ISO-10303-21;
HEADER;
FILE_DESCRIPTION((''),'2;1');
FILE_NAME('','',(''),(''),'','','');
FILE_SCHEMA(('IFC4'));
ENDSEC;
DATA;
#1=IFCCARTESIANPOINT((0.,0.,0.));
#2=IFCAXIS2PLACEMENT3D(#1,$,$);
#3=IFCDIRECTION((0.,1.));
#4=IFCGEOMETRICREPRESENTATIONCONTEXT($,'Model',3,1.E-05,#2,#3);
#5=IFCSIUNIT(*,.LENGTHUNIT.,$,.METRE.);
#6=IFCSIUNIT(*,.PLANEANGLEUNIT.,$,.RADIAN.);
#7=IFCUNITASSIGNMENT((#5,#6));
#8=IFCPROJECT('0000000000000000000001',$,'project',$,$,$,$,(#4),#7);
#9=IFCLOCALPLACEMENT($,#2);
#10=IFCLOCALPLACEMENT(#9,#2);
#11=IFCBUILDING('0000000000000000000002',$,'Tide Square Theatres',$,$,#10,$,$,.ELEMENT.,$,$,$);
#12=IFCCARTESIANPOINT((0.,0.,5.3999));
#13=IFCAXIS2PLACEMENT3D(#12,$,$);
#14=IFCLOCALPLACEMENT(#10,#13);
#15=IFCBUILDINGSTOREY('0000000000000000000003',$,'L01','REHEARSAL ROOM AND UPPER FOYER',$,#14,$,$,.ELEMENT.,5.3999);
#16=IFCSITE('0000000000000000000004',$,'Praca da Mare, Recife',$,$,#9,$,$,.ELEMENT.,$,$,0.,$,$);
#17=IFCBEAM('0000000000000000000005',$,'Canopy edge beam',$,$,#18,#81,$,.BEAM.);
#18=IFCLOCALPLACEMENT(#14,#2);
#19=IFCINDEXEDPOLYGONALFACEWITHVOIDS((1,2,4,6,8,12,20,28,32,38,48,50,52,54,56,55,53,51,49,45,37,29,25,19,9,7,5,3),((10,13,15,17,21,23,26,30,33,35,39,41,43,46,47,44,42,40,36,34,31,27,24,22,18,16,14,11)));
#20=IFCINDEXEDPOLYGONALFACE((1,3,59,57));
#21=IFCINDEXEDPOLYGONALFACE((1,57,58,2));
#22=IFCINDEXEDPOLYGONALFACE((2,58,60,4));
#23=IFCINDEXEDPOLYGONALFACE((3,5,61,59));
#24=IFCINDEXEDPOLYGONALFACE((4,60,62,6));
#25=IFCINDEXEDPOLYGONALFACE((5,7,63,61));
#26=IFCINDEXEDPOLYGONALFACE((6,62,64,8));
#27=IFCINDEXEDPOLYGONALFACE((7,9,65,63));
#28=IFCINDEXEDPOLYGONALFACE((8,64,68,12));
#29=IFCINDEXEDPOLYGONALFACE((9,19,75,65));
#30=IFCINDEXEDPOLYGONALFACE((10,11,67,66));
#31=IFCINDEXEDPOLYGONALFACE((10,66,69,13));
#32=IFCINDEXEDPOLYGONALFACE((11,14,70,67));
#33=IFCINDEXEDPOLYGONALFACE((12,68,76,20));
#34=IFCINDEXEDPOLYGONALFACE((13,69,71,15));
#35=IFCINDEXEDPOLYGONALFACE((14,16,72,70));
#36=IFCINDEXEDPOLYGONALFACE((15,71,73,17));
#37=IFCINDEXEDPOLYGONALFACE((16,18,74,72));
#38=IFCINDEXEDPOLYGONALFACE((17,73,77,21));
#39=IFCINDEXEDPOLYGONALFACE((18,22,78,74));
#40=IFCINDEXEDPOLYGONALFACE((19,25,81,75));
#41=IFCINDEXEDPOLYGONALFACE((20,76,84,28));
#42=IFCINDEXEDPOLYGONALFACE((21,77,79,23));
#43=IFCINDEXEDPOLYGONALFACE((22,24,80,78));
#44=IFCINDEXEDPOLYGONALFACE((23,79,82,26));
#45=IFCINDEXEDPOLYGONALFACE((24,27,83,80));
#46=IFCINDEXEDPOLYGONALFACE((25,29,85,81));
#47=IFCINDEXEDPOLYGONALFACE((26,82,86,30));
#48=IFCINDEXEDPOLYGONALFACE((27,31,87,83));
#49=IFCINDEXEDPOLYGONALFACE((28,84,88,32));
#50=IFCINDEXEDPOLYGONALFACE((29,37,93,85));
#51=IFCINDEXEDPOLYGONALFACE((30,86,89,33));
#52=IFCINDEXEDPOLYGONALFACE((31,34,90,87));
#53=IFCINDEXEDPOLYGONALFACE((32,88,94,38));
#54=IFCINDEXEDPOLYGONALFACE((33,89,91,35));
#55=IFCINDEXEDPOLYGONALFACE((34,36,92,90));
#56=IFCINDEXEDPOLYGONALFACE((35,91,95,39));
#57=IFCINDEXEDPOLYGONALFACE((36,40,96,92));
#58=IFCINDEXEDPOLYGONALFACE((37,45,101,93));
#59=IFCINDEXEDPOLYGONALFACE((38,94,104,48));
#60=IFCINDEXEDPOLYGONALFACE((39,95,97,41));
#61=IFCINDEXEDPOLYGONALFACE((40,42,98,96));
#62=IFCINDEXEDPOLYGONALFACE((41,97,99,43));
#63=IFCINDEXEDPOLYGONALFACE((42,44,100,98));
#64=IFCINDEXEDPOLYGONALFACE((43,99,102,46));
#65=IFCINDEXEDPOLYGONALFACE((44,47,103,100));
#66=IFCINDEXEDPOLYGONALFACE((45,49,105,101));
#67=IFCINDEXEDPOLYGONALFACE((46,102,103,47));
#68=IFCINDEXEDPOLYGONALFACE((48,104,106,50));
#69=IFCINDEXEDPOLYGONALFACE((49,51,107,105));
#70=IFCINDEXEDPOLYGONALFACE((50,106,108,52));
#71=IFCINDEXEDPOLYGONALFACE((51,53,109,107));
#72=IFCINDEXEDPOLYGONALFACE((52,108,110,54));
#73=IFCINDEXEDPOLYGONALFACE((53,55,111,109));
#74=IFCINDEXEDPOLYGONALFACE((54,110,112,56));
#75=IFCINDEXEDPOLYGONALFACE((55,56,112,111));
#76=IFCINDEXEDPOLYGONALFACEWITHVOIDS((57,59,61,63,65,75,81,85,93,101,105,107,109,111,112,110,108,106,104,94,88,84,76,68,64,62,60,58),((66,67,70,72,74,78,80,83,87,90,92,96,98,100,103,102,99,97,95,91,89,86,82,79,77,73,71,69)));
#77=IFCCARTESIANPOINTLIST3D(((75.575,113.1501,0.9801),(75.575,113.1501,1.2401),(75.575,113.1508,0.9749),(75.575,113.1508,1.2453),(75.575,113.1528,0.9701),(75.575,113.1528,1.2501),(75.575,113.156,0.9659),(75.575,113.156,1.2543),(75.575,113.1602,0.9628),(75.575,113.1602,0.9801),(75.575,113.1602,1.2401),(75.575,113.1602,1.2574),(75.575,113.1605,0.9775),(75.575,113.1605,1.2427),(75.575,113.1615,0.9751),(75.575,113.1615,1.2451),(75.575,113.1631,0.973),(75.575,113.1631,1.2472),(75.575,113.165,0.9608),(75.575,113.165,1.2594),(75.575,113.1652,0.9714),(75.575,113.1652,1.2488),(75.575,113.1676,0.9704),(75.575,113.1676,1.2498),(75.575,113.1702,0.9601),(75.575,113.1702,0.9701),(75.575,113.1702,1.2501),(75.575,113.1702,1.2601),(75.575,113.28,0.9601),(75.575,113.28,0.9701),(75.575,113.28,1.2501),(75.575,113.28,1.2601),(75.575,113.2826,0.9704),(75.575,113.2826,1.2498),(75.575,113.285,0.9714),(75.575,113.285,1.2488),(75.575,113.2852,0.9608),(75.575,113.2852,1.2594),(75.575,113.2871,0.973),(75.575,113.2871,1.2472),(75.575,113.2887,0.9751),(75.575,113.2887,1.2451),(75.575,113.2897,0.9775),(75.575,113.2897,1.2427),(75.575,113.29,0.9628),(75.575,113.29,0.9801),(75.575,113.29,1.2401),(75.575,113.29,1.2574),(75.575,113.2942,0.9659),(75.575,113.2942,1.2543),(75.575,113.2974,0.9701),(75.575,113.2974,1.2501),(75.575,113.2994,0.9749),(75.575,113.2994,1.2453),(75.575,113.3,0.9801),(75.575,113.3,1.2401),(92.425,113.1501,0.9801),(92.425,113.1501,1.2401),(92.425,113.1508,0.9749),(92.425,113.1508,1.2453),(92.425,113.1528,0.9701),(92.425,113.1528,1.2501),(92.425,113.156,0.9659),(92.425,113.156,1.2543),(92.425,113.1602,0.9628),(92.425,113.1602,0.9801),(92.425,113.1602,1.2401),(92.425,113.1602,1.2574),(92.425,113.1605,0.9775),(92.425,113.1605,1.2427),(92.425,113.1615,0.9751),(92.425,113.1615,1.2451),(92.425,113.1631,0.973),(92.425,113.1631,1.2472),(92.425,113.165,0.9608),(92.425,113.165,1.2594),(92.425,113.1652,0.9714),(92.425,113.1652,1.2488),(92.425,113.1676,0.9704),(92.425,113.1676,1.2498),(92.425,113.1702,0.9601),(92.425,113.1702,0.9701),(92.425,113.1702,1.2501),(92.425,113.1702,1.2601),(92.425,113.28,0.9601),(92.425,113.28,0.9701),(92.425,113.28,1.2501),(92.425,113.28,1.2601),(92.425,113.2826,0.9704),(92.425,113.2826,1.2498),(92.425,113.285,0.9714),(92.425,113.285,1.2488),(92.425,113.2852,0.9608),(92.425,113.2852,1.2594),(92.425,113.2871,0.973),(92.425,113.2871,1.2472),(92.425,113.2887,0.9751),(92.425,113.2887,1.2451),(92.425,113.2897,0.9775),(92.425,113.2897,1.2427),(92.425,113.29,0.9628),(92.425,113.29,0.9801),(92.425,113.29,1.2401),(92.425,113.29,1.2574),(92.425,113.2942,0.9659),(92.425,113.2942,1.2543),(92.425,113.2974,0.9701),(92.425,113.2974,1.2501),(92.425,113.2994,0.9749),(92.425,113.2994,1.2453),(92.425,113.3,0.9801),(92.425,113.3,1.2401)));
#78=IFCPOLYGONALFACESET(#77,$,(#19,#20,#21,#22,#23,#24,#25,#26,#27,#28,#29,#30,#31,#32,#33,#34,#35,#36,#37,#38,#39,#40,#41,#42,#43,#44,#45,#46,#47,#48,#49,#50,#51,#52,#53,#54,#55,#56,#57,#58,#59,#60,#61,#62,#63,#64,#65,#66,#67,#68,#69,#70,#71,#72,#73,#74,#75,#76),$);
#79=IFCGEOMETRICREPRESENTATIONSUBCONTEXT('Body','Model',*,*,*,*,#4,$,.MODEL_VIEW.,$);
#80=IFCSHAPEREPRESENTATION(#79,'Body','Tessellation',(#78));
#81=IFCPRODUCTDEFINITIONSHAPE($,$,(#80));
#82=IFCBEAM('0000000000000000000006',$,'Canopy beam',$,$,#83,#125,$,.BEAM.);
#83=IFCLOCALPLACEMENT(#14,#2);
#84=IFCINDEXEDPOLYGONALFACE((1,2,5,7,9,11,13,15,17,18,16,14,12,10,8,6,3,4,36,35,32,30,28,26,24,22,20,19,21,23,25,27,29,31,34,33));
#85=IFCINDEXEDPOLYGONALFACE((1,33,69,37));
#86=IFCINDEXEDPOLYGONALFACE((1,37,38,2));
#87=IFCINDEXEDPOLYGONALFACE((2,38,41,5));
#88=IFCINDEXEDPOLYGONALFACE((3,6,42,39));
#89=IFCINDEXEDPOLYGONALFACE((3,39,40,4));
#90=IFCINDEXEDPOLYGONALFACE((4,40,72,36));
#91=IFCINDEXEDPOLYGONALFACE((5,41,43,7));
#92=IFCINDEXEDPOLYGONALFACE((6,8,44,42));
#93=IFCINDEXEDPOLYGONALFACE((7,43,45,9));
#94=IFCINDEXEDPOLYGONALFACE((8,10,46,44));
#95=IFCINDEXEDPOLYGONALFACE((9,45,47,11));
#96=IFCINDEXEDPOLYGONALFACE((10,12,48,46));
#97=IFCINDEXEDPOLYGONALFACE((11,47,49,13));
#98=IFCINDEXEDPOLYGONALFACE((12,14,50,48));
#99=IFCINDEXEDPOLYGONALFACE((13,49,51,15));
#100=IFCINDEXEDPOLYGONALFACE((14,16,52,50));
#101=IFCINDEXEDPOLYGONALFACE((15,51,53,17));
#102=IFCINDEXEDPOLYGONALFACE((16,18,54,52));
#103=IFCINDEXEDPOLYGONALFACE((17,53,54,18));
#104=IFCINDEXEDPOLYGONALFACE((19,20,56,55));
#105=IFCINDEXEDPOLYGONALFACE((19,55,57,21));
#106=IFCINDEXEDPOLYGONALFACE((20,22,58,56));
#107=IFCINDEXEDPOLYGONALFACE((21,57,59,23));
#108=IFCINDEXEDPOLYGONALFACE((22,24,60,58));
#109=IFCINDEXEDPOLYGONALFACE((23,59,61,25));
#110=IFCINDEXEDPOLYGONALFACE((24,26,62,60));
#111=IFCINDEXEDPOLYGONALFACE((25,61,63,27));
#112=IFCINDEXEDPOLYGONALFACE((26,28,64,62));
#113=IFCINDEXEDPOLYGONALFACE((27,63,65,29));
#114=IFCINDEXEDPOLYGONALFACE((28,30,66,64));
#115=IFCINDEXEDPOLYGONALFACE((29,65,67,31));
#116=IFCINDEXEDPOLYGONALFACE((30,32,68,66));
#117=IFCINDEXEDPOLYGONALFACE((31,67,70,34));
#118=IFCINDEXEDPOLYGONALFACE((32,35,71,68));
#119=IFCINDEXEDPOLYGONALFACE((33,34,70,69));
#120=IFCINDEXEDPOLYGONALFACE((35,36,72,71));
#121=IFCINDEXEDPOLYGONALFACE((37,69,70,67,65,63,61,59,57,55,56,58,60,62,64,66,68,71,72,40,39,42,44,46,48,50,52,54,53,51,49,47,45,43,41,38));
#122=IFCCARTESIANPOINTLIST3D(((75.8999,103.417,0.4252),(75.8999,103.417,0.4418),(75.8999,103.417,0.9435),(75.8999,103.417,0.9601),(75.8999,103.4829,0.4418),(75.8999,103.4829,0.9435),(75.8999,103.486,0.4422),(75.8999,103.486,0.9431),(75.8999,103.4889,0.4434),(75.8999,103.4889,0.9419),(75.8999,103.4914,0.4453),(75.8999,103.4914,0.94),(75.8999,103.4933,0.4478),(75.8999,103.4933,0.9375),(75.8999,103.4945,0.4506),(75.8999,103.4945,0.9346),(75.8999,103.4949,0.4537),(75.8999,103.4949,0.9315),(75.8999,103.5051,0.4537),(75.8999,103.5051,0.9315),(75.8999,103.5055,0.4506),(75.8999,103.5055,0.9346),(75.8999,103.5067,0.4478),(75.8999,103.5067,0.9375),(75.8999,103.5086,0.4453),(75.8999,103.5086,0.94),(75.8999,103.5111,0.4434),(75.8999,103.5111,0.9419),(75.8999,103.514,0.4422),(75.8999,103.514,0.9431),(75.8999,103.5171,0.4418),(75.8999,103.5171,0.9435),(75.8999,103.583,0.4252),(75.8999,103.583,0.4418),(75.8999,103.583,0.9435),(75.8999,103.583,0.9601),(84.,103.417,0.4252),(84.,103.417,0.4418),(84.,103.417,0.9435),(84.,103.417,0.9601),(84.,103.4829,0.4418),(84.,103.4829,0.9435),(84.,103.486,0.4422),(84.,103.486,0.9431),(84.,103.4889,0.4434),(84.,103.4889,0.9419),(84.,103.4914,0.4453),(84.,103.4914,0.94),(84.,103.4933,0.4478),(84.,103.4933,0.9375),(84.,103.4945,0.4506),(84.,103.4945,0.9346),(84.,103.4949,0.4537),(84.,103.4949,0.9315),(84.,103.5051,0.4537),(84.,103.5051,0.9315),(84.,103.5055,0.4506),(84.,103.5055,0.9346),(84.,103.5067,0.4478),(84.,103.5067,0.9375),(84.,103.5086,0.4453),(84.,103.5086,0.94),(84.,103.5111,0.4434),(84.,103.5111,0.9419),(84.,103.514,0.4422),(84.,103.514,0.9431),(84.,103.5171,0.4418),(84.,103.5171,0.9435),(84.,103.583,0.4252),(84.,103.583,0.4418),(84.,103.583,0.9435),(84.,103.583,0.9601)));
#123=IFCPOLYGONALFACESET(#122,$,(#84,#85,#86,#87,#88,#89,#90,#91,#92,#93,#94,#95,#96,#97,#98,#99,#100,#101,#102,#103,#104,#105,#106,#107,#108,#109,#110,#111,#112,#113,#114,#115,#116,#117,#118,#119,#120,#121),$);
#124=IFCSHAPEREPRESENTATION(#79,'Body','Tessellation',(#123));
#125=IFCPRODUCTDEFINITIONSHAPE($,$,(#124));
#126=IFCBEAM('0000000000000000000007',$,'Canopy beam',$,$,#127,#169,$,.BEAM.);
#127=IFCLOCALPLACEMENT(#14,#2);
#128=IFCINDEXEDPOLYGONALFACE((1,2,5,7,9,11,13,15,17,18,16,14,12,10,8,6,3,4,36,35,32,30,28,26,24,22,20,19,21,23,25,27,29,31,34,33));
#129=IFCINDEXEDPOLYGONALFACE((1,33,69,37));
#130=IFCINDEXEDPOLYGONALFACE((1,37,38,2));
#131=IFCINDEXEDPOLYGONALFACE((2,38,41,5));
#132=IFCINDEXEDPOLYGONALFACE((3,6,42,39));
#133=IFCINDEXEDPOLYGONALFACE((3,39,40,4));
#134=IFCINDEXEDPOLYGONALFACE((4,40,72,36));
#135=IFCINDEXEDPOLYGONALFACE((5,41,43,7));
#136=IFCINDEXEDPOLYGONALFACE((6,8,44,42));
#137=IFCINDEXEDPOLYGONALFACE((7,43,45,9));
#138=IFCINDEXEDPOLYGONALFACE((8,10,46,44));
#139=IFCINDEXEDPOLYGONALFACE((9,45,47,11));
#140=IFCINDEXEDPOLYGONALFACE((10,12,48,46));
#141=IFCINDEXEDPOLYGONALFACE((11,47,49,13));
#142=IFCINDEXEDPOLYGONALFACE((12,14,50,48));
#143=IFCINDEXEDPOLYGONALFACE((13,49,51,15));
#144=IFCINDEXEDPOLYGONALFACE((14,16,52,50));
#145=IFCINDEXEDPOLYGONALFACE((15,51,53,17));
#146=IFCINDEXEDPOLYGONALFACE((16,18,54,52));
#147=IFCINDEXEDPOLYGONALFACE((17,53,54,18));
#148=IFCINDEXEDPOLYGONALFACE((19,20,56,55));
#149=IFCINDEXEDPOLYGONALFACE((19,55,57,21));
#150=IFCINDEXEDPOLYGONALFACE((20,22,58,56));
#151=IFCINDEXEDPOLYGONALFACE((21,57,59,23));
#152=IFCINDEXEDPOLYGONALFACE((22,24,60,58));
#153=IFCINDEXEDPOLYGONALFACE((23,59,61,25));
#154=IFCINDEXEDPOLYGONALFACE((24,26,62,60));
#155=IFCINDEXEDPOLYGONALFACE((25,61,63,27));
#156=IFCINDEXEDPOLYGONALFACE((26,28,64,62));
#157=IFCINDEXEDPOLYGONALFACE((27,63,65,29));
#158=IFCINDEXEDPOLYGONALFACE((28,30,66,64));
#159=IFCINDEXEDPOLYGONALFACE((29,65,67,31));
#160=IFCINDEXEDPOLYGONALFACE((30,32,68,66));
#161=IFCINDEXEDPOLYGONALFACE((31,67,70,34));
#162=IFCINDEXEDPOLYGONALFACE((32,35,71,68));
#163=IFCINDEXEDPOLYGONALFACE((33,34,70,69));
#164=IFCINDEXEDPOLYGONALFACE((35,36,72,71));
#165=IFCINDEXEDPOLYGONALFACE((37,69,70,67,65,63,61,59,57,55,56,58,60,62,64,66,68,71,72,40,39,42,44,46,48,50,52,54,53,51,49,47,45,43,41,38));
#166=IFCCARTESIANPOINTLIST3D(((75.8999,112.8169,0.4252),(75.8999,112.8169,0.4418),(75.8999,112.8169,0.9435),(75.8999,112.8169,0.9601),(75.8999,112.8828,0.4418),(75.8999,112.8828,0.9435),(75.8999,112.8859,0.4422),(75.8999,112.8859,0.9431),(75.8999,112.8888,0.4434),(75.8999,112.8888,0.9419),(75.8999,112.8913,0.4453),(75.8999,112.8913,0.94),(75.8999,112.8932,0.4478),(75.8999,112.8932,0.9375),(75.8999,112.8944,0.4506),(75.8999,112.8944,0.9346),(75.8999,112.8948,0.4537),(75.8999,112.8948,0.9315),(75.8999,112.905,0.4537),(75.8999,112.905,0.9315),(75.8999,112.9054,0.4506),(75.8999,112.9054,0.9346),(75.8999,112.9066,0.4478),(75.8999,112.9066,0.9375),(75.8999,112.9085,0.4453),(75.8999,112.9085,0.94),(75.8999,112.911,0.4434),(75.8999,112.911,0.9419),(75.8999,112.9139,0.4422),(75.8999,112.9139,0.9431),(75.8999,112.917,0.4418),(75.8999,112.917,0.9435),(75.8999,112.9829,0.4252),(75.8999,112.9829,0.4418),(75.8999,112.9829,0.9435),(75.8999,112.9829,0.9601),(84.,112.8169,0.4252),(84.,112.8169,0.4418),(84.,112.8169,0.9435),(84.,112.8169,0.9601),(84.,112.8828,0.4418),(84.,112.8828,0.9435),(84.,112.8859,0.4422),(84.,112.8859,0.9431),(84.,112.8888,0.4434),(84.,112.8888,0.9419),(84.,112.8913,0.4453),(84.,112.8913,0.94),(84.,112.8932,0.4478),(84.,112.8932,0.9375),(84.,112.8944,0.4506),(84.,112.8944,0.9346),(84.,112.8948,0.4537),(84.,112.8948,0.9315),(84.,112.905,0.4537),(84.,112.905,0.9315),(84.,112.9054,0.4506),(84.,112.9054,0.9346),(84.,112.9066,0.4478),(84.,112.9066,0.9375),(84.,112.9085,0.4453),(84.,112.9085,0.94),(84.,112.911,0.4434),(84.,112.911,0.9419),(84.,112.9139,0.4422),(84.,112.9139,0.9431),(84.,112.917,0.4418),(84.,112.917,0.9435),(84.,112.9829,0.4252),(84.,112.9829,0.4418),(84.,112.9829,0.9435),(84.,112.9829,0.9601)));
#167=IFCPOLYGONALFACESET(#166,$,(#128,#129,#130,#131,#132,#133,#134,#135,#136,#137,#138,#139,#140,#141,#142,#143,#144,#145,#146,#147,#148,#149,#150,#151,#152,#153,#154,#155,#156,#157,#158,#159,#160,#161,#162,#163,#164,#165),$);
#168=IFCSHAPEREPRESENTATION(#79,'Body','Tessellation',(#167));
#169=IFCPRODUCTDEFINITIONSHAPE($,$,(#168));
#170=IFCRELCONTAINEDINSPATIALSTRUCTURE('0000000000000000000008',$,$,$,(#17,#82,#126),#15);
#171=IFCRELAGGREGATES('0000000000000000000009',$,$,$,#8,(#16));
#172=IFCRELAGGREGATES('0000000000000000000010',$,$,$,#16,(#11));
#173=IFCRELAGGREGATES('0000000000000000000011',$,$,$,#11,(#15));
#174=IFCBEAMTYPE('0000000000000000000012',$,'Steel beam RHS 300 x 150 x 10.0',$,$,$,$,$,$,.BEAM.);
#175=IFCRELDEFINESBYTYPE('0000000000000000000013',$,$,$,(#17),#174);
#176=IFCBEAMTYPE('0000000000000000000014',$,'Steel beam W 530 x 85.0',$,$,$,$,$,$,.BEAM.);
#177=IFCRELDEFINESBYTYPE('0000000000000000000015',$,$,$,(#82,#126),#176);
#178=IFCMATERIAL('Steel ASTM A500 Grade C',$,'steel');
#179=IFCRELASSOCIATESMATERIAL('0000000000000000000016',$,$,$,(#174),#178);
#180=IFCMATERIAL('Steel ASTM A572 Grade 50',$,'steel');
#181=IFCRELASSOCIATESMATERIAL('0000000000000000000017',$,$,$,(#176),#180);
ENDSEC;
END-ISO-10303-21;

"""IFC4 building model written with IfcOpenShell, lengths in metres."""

from ifc_helpers import new_model, si_unit, direction, frame, origin, origin_2d, place, context, subcontext, project, spatial, hollow_rectangle, i_section, extrude, material, material_profile, profile_set, type_object, element, save


model = new_model("IFC4")

# Units and contexts
model_context = context("Model", 3, precision=1e-05, world=origin(), true_north=direction((0.0, 1.0)))
body_context = subcontext(model_context, "Body", "Model", "MODEL_VIEW")
ifc_project = project(units=[si_unit("LENGTHUNIT", "METRE"), si_unit("PLANEANGLEUNIT", "RADIAN")], contexts=[model_context])

# Site, building, storey
site_placement = place(None, origin())
site = spatial("IfcSite", under=ifc_project, at=site_placement, Name="Praca da Mare, Recife", CompositionType="ELEMENT", RefElevation=0.0)
building_placement = place(site_placement, origin())
building = spatial("IfcBuilding", under=site, at=building_placement, Name="Tide Square Theatres", CompositionType="ELEMENT")
storey_placement = place(building_placement, frame((0.0, 0.0, 5.3999)))
storey = spatial("IfcBuildingStorey", under=building, at=storey_placement, Name="L01", Description="REHEARSAL ROOM AND UPPER FOYER", CompositionType="ELEMENT", Elevation=5.3999)

# Beams
ifc_material_1 = material(Name="Steel ASTM A500 Grade C", Category="steel")
ifc_material_profile_1 = material_profile(ifc_material_1, hollow_rectangle(XDim=0.1499, YDim=0.3, WallThickness=0.01, InnerFilletRadius=0.01, OuterFilletRadius=0.02, at=origin_2d()))
ifc_profile_set_1 = profile_set([ifc_material_profile_1], Name="Steel ASTM A500 Grade C")
beam_type_1 = type_object("IfcBeamType", Name="Steel beam RHS 300 x 150 x 10.0", PredefinedType="BEAM", material=ifc_profile_set_1)
beam_1_placement = place(storey_placement, frame((75.575, 113.2251, 1.1101), z_axis=(1.0, 0.0, 0.0), x_axis=(0.0, 1.0, 0.0)))
element("IfcBeam", 1, at=beam_1_placement, inside=storey, type_object=beam_type_1, Name="Canopy edge beam", PredefinedType="BEAM", context=body_context, shape_type="SweptSolid", body=[
    extrude(hollow_rectangle(XDim=0.1499, YDim=0.3, WallThickness=0.01, InnerFilletRadius=0.01, OuterFilletRadius=0.02, at=origin_2d()), origin(), (0.0, 0.0, 1.0), 16.8501),
])
ifc_material_2 = material(Name="Steel ASTM A572 Grade 50", Category="steel")
ifc_material_profile_2 = material_profile(ifc_material_2, i_section(OverallWidth=0.166, OverallDepth=0.5349, WebThickness=0.0103, FlangeThickness=0.0166, FilletRadius=0.012, at=origin_2d()))
ifc_profile_set_2 = profile_set([ifc_material_profile_2], Name="Steel ASTM A572 Grade 50")
beam_type_2 = type_object("IfcBeamType", Name="Steel beam W 530 x 85.0", PredefinedType="BEAM", material=ifc_profile_set_2)
for number, where, z_axis, x_axis, name in (
    (2, (75.8999, 103.5, 0.6926), (1.0, 0.0, 0.0), (0.0, 1.0, 0.0), "Canopy beam"),
    (3, (75.8999, 112.8999, 0.6926), (1.0, 0.0, 0.0), (0.0, 1.0, 0.0), "Canopy beam"),
):
    element("IfcBeam", number, at=place(storey_placement, frame(where, z_axis=z_axis, x_axis=x_axis)), inside=storey, type_object=beam_type_2, Name=name, PredefinedType="BEAM", context=body_context, shape_type="SweptSolid", body=[
        extrude(i_section(OverallWidth=0.166, OverallDepth=0.5349, WebThickness=0.0103, FlangeThickness=0.0166, FilletRadius=0.012, at=origin_2d()), origin(), (0.0, 0.0, 1.0), 8.1001),
    ])

save(model, "model.ifc")
